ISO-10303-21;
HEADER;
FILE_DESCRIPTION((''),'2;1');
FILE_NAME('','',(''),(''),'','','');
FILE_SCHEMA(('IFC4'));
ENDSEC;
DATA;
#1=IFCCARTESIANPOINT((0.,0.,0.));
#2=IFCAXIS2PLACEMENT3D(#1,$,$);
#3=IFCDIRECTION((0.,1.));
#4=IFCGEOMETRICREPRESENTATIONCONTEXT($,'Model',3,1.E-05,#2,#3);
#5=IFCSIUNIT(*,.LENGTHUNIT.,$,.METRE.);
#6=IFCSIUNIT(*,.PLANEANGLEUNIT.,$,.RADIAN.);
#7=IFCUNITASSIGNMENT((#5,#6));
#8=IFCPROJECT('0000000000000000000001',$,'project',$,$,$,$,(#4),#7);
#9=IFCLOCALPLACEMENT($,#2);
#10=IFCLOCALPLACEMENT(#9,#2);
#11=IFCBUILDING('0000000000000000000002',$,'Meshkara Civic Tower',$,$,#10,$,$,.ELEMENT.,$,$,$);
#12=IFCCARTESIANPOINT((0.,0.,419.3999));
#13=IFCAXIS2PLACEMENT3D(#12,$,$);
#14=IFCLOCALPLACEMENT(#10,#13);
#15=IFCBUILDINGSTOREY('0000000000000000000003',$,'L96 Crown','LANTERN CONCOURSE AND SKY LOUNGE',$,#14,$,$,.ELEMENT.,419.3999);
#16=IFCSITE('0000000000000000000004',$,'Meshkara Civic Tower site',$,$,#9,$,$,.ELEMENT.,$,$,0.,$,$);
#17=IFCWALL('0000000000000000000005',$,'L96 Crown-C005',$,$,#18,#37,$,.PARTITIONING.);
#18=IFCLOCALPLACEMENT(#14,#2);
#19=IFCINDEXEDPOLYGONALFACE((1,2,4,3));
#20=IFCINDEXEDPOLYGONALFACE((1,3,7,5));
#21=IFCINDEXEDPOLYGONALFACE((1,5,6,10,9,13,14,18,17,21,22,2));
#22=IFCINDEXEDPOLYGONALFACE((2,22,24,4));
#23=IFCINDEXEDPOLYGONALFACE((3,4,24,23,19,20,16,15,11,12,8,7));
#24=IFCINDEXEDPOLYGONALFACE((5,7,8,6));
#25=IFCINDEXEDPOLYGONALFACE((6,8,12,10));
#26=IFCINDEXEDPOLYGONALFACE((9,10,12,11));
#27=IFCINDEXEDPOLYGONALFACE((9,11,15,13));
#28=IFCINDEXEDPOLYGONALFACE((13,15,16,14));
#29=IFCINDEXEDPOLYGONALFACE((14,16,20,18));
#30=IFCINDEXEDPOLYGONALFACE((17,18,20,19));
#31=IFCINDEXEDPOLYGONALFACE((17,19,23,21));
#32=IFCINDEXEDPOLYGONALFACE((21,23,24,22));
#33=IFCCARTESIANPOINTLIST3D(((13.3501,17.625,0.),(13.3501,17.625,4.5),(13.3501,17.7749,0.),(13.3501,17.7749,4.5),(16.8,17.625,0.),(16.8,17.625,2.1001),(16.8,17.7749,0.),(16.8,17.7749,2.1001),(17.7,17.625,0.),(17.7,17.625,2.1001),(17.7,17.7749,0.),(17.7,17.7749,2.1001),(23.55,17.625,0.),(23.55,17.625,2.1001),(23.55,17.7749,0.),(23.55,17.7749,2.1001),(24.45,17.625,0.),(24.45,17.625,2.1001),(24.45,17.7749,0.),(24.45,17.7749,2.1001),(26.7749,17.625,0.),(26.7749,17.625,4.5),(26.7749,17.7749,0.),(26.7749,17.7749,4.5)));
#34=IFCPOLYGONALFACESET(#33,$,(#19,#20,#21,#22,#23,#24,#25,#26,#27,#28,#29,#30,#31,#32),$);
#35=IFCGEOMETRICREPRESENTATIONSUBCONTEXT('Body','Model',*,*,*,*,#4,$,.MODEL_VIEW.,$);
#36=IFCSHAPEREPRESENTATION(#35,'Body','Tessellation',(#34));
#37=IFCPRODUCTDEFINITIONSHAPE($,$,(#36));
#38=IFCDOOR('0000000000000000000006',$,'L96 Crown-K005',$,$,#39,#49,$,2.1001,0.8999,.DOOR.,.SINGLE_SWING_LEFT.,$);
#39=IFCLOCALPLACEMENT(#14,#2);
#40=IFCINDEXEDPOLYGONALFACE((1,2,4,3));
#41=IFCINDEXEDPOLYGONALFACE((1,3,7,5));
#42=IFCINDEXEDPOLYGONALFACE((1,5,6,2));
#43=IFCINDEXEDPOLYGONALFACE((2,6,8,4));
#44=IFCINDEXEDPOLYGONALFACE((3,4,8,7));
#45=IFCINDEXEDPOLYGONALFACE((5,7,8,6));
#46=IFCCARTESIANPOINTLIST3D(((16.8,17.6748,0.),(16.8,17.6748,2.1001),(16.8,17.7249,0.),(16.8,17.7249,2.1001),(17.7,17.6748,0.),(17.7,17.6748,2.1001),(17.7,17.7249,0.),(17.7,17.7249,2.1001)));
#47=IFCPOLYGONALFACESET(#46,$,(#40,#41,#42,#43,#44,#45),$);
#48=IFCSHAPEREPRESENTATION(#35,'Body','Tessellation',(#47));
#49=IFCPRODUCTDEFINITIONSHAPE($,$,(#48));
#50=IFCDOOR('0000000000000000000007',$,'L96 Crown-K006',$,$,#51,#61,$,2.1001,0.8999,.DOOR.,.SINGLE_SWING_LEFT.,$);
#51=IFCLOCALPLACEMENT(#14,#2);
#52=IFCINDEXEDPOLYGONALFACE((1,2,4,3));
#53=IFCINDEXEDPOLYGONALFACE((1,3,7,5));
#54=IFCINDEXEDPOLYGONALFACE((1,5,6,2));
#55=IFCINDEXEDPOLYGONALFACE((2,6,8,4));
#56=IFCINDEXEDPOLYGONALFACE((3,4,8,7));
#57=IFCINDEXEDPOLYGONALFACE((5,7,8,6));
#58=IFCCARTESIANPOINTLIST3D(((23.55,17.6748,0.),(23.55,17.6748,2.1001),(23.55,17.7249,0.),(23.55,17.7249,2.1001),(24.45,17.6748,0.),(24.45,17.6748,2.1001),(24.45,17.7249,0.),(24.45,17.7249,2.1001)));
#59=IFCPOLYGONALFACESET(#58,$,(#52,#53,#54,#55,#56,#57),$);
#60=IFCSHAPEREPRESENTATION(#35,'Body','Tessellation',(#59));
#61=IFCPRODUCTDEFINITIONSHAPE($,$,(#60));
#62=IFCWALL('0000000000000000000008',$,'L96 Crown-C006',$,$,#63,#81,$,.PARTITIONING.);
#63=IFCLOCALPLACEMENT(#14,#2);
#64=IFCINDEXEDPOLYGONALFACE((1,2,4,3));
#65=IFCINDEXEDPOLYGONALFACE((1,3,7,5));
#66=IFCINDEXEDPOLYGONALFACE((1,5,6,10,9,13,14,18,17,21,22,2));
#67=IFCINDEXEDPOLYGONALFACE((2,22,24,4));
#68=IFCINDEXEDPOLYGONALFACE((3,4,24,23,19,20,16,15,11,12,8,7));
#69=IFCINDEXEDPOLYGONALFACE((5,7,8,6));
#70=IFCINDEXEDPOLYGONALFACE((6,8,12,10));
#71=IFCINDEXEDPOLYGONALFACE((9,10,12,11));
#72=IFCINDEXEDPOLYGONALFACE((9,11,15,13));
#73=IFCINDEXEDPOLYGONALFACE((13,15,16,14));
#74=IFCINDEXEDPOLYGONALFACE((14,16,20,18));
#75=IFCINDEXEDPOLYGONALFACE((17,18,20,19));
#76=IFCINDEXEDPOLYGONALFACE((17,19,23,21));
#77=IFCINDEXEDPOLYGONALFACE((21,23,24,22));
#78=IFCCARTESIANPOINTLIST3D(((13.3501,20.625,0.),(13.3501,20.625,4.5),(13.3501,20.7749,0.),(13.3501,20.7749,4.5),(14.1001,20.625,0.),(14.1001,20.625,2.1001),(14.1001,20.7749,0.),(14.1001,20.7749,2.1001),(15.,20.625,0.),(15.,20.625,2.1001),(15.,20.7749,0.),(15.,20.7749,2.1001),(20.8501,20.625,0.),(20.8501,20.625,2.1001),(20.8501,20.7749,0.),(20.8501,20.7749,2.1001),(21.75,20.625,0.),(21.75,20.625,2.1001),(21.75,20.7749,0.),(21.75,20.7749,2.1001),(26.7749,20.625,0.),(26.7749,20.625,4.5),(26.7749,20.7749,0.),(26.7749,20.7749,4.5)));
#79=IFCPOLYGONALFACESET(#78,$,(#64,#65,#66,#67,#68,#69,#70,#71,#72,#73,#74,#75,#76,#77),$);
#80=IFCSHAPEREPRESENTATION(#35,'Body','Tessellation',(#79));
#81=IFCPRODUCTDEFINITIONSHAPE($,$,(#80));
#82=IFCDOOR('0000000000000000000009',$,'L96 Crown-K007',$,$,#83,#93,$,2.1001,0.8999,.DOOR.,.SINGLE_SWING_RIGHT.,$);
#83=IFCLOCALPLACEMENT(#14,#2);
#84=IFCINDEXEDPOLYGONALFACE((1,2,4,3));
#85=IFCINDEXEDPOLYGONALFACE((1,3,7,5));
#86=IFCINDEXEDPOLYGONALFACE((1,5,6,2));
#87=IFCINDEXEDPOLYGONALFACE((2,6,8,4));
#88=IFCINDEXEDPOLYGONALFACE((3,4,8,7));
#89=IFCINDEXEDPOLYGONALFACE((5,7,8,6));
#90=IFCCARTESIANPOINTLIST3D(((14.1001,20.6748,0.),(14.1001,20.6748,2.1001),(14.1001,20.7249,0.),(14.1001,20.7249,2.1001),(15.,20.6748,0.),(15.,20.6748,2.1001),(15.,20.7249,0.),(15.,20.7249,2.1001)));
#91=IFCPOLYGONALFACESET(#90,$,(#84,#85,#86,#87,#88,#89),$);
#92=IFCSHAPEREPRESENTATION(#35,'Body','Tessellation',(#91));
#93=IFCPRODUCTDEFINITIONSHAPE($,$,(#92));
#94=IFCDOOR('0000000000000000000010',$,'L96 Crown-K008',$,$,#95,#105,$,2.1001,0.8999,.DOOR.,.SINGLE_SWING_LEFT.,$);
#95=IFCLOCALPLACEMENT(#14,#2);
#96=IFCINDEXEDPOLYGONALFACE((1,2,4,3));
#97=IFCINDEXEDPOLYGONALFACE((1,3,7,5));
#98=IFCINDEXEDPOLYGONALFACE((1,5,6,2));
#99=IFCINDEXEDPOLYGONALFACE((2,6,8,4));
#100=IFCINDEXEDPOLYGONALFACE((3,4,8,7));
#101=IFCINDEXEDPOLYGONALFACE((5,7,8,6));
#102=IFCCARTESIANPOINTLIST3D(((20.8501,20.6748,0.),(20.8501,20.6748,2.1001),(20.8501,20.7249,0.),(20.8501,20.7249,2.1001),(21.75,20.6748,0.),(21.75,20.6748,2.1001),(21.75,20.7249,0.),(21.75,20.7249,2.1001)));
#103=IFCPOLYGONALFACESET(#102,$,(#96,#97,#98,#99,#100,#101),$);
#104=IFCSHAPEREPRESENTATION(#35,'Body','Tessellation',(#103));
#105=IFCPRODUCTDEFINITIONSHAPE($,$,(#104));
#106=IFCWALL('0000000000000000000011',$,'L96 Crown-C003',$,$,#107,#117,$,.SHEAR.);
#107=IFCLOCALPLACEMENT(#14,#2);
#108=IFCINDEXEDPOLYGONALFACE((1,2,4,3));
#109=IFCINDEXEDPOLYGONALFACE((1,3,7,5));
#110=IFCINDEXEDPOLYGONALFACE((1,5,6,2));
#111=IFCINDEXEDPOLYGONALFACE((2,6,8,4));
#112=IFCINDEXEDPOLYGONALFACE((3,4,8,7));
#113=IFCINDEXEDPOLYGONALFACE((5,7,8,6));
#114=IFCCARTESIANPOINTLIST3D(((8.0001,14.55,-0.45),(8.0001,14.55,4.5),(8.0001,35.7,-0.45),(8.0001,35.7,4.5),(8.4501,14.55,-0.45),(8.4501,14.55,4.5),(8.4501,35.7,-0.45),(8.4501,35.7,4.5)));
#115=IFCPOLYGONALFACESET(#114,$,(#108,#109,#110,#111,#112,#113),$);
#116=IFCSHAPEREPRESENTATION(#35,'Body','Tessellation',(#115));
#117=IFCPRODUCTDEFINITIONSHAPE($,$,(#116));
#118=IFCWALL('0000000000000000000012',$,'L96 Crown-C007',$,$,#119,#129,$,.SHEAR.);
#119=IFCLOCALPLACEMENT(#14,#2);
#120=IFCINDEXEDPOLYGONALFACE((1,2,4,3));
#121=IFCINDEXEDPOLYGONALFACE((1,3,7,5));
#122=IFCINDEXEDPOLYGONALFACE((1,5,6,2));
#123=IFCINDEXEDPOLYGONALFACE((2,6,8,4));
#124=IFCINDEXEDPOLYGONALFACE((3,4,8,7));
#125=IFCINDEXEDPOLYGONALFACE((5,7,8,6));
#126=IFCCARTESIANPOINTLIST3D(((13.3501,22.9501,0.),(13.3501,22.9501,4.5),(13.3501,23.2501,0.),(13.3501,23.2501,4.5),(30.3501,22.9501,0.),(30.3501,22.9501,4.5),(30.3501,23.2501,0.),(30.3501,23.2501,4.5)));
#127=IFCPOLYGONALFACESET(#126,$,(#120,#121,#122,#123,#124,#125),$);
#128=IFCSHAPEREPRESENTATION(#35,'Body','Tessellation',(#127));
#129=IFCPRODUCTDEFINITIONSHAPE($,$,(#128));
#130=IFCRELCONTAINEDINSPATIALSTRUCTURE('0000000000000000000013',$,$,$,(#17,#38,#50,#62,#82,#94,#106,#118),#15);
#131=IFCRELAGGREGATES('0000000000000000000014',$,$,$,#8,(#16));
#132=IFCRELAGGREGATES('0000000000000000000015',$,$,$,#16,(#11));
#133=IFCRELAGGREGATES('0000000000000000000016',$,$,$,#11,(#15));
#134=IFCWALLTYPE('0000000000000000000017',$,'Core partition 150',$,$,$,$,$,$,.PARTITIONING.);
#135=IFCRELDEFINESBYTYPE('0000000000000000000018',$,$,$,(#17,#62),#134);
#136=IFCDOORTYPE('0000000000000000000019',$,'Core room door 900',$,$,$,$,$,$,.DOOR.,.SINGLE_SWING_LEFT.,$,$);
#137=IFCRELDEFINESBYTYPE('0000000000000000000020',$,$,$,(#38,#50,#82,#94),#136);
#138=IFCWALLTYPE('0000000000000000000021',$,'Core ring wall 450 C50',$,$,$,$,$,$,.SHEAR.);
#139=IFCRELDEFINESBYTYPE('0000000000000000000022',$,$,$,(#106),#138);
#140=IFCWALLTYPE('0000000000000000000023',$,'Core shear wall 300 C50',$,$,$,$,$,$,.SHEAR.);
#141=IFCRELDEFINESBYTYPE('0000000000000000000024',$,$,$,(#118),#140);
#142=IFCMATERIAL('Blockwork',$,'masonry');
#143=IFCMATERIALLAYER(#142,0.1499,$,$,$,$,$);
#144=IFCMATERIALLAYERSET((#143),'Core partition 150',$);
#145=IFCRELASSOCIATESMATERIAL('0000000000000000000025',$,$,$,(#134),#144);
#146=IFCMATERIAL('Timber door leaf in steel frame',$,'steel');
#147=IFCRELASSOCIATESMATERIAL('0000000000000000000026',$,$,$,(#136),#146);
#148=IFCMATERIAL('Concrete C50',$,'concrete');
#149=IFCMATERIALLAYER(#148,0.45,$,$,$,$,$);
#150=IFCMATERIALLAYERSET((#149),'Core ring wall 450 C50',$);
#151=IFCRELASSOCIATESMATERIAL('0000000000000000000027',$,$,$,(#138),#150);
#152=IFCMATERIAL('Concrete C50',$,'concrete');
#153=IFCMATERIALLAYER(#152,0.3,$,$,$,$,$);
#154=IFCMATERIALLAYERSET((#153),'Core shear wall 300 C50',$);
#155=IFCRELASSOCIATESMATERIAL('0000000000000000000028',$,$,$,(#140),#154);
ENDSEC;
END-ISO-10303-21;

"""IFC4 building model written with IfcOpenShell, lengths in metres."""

from ifc_helpers import new_model, si_unit, direction, frame, frame_2d, origin, place, context, subcontext, project, spatial, rectangle, extrude, material, layer, layer_set, type_object, element, fill, save


model = new_model("IFC4")

# Units and contexts
model_context = context("Model", 3, precision=1e-05, world=origin(), true_north=direction((0.0, 1.0)))
body_context = subcontext(model_context, "Body", "Model", "MODEL_VIEW")
ifc_project = project(units=[si_unit("LENGTHUNIT", "METRE"), si_unit("PLANEANGLEUNIT", "RADIAN")], contexts=[model_context])

# Site, building, storey
site_placement = place(None, origin())
site = spatial("IfcSite", under=ifc_project, at=site_placement, Name="Meshkara Civic Tower site", CompositionType="ELEMENT", RefElevation=0.0)
building_placement = place(site_placement, origin())
building = spatial("IfcBuilding", under=site, at=building_placement, Name="Meshkara Civic Tower", CompositionType="ELEMENT")
storey_placement = place(building_placement, frame((0.0, 0.0, 419.3999)))
storey = spatial("IfcBuildingStorey", under=building, at=storey_placement, Name="L96 Crown", Description="LANTERN CONCOURSE AND SKY LOUNGE", CompositionType="ELEMENT", Elevation=419.3999)

# Walls, openings, doors
ifc_material_1 = material(Name="Blockwork", Category="masonry")
ifc_layer_1 = layer(ifc_material_1, 0.1499)
ifc_layer_set_1 = layer_set([ifc_layer_1], Name="Core partition 150")
wall_type_1 = type_object("IfcWallType", Name="Core partition 150", PredefinedType="PARTITIONING", material=ifc_layer_set_1)
wall_1_placement = place(storey_placement, frame((13.3501, 17.7, 0.0), z_axis=(0.0, 0.0, 1.0), x_axis=(1.0, 0.0, 0.0)))
wall_1 = element("IfcWall", 1, at=wall_1_placement, inside=storey, type_object=wall_type_1, Name="L96 Crown-C005", PredefinedType="PARTITIONING", context=body_context, shape_type="SweptSolid", body=[
    extrude(rectangle(XDim=13.4248, YDim=0.1499, at=frame_2d((6.7124, 0.0))), origin(), (0.0, 0.0, 1.0), 4.5),
])
opening_1_placement = place(wall_1_placement, frame((3.45, 0.0, 0.0)))
opening_1 = element("IfcOpeningElement", 2, at=opening_1_placement, cuts=wall_1, PredefinedType="OPENING", context=body_context, shape_type="SweptSolid", body=[
    extrude(rectangle(XDim=0.8999, YDim=2.1001, at=frame_2d((0.45, 1.05))), frame((0.0, 0.085, 0.0), z_axis=(0.0, -1.0, 0.0), x_axis=(1.0, 0.0, 0.0)), (0.0, 0.0, 1.0), 0.1699),
])
opening_2_placement = place(wall_1_placement, frame((10.2, 0.0, 0.0)))
opening_2 = element("IfcOpeningElement", 3, at=opening_2_placement, cuts=wall_1, PredefinedType="OPENING", context=body_context, shape_type="SweptSolid", body=[
    extrude(rectangle(XDim=0.8999, YDim=2.1001, at=frame_2d((0.45, 1.05))), frame((0.0, 0.085, 0.0), z_axis=(0.0, -1.0, 0.0), x_axis=(1.0, 0.0, 0.0)), (0.0, 0.0, 1.0), 0.1699),
])
ifc_material_2 = material(Name="Timber door leaf in steel frame", Category="steel")
door_type_1 = type_object("IfcDoorType", Name="Core room door 900", OperationType="SINGLE_SWING_LEFT", PredefinedType="DOOR", material=ifc_material_2)
door_1_placement = place(opening_1_placement, origin())
door_1 = element("IfcDoor", 4, at=door_1_placement, inside=storey, type_object=door_type_1, Name="L96 Crown-K005", OperationType="SINGLE_SWING_LEFT", OverallHeight=2.1001, OverallWidth=0.8999, PredefinedType="DOOR", context=body_context, shape_type="SweptSolid", body=[
    extrude(rectangle(XDim=0.8999, YDim=2.1001, at=frame_2d((0.45, 1.05))), frame((0.0, 0.0249, 0.0), z_axis=(0.0, -1.0, 0.0), x_axis=(1.0, 0.0, 0.0)), (0.0, 0.0, 1.0), 0.05),
])
fill(opening_1, door_1)
door_2_placement = place(opening_2_placement, origin())
door_2 = element("IfcDoor", 5, at=door_2_placement, inside=storey, type_object=door_type_1, Name="L96 Crown-K006", OperationType="SINGLE_SWING_LEFT", OverallHeight=2.1001, OverallWidth=0.8999, PredefinedType="DOOR", context=body_context, shape_type="SweptSolid", body=[
    extrude(rectangle(XDim=0.8999, YDim=2.1001, at=frame_2d((0.45, 1.05))), frame((0.0, 0.0249, 0.0), z_axis=(0.0, -1.0, 0.0), x_axis=(1.0, 0.0, 0.0)), (0.0, 0.0, 1.0), 0.05),
])
fill(opening_2, door_2)
wall_2_placement = place(storey_placement, frame((13.3501, 20.7, 0.0), z_axis=(0.0, 0.0, 1.0), x_axis=(1.0, 0.0, 0.0)))
wall_2 = element("IfcWall", 6, at=wall_2_placement, inside=storey, type_object=wall_type_1, Name="L96 Crown-C006", PredefinedType="PARTITIONING", context=body_context, shape_type="SweptSolid", body=[
    extrude(rectangle(XDim=13.4248, YDim=0.1499, at=frame_2d((6.7124, 0.0))), origin(), (0.0, 0.0, 1.0), 4.5),
])
opening_3_placement = place(wall_2_placement, frame((0.75, 0.0, 0.0)))
opening_3 = element("IfcOpeningElement", 7, at=opening_3_placement, cuts=wall_2, PredefinedType="OPENING", context=body_context, shape_type="SweptSolid", body=[
    extrude(rectangle(XDim=0.8999, YDim=2.1001, at=frame_2d((0.45, 1.05))), frame((0.0, 0.085, 0.0), z_axis=(0.0, -1.0, 0.0), x_axis=(1.0, 0.0, 0.0)), (0.0, 0.0, 1.0), 0.1699),
])
opening_4_placement = place(wall_2_placement, frame((7.5, 0.0, 0.0)))
opening_4 = element("IfcOpeningElement", 8, at=opening_4_placement, cuts=wall_2, PredefinedType="OPENING", context=body_context, shape_type="SweptSolid", body=[
    extrude(rectangle(XDim=0.8999, YDim=2.1001, at=frame_2d((0.45, 1.05))), frame((0.0, 0.085, 0.0), z_axis=(0.0, -1.0, 0.0), x_axis=(1.0, 0.0, 0.0)), (0.0, 0.0, 1.0), 0.1699),
])
door_3_placement = place(opening_3_placement, origin())
door_3 = element("IfcDoor", 9, at=door_3_placement, inside=storey, type_object=door_type_1, Name="L96 Crown-K007", OperationType="SINGLE_SWING_RIGHT", OverallHeight=2.1001, OverallWidth=0.8999, PredefinedType="DOOR", context=body_context, shape_type="SweptSolid", body=[
    extrude(rectangle(XDim=0.8999, YDim=2.1001, at=frame_2d((0.45, 1.05))), frame((0.0, 0.0249, 0.0), z_axis=(0.0, -1.0, 0.0), x_axis=(1.0, 0.0, 0.0)), (0.0, 0.0, 1.0), 0.05),
])
fill(opening_3, door_3)
door_4_placement = place(opening_4_placement, origin())
door_4 = element("IfcDoor", 10, at=door_4_placement, inside=storey, type_object=door_type_1, Name="L96 Crown-K008", OperationType="SINGLE_SWING_LEFT", OverallHeight=2.1001, OverallWidth=0.8999, PredefinedType="DOOR", context=body_context, shape_type="SweptSolid", body=[
    extrude(rectangle(XDim=0.8999, YDim=2.1001, at=frame_2d((0.45, 1.05))), frame((0.0, 0.0249, 0.0), z_axis=(0.0, -1.0, 0.0), x_axis=(1.0, 0.0, 0.0)), (0.0, 0.0, 1.0), 0.05),
])
fill(opening_4, door_4)

# Walls
ifc_material_3 = material(Name="Concrete C50", Category="concrete")
ifc_layer_2 = layer(ifc_material_3, 0.45)
ifc_layer_set_2 = layer_set([ifc_layer_2], Name="Core ring wall 450 C50")
wall_type_2 = type_object("IfcWallType", Name="Core ring wall 450 C50", PredefinedType="SHEAR", material=ifc_layer_set_2)
wall_3_placement = place(storey_placement, frame((8.2251, 14.55, -0.45), z_axis=(0.0, 0.0, 1.0), x_axis=(0.0, 1.0, 0.0)))
element("IfcWall", 11, at=wall_3_placement, inside=storey, type_object=wall_type_2, Name="L96 Crown-C003", PredefinedType="SHEAR", context=body_context, shape_type="SweptSolid", body=[
    extrude(rectangle(XDim=21.1499, YDim=0.45, at=frame_2d((10.575, 0.0))), origin(), (0.0, 0.0, 1.0), 4.95),
])
ifc_material_4 = material(Name="Concrete C50", Category="concrete")
ifc_layer_3 = layer(ifc_material_4, 0.3)
ifc_layer_set_3 = layer_set([ifc_layer_3], Name="Core shear wall 300 C50")
wall_type_3 = type_object("IfcWallType", Name="Core shear wall 300 C50", PredefinedType="SHEAR", material=ifc_layer_set_3)
wall_4_placement = place(storey_placement, frame((13.3501, 23.1001, 0.0), z_axis=(0.0, 0.0, 1.0), x_axis=(1.0, 0.0, 0.0)))
element("IfcWall", 12, at=wall_4_placement, inside=storey, type_object=wall_type_3, Name="L96 Crown-C007", PredefinedType="SHEAR", context=body_context, shape_type="SweptSolid", body=[
    extrude(rectangle(XDim=17.0, YDim=0.3, at=frame_2d((8.5, 0.0))), origin(), (0.0, 0.0, 1.0), 4.5),
])

save(model, "model.ifc")
